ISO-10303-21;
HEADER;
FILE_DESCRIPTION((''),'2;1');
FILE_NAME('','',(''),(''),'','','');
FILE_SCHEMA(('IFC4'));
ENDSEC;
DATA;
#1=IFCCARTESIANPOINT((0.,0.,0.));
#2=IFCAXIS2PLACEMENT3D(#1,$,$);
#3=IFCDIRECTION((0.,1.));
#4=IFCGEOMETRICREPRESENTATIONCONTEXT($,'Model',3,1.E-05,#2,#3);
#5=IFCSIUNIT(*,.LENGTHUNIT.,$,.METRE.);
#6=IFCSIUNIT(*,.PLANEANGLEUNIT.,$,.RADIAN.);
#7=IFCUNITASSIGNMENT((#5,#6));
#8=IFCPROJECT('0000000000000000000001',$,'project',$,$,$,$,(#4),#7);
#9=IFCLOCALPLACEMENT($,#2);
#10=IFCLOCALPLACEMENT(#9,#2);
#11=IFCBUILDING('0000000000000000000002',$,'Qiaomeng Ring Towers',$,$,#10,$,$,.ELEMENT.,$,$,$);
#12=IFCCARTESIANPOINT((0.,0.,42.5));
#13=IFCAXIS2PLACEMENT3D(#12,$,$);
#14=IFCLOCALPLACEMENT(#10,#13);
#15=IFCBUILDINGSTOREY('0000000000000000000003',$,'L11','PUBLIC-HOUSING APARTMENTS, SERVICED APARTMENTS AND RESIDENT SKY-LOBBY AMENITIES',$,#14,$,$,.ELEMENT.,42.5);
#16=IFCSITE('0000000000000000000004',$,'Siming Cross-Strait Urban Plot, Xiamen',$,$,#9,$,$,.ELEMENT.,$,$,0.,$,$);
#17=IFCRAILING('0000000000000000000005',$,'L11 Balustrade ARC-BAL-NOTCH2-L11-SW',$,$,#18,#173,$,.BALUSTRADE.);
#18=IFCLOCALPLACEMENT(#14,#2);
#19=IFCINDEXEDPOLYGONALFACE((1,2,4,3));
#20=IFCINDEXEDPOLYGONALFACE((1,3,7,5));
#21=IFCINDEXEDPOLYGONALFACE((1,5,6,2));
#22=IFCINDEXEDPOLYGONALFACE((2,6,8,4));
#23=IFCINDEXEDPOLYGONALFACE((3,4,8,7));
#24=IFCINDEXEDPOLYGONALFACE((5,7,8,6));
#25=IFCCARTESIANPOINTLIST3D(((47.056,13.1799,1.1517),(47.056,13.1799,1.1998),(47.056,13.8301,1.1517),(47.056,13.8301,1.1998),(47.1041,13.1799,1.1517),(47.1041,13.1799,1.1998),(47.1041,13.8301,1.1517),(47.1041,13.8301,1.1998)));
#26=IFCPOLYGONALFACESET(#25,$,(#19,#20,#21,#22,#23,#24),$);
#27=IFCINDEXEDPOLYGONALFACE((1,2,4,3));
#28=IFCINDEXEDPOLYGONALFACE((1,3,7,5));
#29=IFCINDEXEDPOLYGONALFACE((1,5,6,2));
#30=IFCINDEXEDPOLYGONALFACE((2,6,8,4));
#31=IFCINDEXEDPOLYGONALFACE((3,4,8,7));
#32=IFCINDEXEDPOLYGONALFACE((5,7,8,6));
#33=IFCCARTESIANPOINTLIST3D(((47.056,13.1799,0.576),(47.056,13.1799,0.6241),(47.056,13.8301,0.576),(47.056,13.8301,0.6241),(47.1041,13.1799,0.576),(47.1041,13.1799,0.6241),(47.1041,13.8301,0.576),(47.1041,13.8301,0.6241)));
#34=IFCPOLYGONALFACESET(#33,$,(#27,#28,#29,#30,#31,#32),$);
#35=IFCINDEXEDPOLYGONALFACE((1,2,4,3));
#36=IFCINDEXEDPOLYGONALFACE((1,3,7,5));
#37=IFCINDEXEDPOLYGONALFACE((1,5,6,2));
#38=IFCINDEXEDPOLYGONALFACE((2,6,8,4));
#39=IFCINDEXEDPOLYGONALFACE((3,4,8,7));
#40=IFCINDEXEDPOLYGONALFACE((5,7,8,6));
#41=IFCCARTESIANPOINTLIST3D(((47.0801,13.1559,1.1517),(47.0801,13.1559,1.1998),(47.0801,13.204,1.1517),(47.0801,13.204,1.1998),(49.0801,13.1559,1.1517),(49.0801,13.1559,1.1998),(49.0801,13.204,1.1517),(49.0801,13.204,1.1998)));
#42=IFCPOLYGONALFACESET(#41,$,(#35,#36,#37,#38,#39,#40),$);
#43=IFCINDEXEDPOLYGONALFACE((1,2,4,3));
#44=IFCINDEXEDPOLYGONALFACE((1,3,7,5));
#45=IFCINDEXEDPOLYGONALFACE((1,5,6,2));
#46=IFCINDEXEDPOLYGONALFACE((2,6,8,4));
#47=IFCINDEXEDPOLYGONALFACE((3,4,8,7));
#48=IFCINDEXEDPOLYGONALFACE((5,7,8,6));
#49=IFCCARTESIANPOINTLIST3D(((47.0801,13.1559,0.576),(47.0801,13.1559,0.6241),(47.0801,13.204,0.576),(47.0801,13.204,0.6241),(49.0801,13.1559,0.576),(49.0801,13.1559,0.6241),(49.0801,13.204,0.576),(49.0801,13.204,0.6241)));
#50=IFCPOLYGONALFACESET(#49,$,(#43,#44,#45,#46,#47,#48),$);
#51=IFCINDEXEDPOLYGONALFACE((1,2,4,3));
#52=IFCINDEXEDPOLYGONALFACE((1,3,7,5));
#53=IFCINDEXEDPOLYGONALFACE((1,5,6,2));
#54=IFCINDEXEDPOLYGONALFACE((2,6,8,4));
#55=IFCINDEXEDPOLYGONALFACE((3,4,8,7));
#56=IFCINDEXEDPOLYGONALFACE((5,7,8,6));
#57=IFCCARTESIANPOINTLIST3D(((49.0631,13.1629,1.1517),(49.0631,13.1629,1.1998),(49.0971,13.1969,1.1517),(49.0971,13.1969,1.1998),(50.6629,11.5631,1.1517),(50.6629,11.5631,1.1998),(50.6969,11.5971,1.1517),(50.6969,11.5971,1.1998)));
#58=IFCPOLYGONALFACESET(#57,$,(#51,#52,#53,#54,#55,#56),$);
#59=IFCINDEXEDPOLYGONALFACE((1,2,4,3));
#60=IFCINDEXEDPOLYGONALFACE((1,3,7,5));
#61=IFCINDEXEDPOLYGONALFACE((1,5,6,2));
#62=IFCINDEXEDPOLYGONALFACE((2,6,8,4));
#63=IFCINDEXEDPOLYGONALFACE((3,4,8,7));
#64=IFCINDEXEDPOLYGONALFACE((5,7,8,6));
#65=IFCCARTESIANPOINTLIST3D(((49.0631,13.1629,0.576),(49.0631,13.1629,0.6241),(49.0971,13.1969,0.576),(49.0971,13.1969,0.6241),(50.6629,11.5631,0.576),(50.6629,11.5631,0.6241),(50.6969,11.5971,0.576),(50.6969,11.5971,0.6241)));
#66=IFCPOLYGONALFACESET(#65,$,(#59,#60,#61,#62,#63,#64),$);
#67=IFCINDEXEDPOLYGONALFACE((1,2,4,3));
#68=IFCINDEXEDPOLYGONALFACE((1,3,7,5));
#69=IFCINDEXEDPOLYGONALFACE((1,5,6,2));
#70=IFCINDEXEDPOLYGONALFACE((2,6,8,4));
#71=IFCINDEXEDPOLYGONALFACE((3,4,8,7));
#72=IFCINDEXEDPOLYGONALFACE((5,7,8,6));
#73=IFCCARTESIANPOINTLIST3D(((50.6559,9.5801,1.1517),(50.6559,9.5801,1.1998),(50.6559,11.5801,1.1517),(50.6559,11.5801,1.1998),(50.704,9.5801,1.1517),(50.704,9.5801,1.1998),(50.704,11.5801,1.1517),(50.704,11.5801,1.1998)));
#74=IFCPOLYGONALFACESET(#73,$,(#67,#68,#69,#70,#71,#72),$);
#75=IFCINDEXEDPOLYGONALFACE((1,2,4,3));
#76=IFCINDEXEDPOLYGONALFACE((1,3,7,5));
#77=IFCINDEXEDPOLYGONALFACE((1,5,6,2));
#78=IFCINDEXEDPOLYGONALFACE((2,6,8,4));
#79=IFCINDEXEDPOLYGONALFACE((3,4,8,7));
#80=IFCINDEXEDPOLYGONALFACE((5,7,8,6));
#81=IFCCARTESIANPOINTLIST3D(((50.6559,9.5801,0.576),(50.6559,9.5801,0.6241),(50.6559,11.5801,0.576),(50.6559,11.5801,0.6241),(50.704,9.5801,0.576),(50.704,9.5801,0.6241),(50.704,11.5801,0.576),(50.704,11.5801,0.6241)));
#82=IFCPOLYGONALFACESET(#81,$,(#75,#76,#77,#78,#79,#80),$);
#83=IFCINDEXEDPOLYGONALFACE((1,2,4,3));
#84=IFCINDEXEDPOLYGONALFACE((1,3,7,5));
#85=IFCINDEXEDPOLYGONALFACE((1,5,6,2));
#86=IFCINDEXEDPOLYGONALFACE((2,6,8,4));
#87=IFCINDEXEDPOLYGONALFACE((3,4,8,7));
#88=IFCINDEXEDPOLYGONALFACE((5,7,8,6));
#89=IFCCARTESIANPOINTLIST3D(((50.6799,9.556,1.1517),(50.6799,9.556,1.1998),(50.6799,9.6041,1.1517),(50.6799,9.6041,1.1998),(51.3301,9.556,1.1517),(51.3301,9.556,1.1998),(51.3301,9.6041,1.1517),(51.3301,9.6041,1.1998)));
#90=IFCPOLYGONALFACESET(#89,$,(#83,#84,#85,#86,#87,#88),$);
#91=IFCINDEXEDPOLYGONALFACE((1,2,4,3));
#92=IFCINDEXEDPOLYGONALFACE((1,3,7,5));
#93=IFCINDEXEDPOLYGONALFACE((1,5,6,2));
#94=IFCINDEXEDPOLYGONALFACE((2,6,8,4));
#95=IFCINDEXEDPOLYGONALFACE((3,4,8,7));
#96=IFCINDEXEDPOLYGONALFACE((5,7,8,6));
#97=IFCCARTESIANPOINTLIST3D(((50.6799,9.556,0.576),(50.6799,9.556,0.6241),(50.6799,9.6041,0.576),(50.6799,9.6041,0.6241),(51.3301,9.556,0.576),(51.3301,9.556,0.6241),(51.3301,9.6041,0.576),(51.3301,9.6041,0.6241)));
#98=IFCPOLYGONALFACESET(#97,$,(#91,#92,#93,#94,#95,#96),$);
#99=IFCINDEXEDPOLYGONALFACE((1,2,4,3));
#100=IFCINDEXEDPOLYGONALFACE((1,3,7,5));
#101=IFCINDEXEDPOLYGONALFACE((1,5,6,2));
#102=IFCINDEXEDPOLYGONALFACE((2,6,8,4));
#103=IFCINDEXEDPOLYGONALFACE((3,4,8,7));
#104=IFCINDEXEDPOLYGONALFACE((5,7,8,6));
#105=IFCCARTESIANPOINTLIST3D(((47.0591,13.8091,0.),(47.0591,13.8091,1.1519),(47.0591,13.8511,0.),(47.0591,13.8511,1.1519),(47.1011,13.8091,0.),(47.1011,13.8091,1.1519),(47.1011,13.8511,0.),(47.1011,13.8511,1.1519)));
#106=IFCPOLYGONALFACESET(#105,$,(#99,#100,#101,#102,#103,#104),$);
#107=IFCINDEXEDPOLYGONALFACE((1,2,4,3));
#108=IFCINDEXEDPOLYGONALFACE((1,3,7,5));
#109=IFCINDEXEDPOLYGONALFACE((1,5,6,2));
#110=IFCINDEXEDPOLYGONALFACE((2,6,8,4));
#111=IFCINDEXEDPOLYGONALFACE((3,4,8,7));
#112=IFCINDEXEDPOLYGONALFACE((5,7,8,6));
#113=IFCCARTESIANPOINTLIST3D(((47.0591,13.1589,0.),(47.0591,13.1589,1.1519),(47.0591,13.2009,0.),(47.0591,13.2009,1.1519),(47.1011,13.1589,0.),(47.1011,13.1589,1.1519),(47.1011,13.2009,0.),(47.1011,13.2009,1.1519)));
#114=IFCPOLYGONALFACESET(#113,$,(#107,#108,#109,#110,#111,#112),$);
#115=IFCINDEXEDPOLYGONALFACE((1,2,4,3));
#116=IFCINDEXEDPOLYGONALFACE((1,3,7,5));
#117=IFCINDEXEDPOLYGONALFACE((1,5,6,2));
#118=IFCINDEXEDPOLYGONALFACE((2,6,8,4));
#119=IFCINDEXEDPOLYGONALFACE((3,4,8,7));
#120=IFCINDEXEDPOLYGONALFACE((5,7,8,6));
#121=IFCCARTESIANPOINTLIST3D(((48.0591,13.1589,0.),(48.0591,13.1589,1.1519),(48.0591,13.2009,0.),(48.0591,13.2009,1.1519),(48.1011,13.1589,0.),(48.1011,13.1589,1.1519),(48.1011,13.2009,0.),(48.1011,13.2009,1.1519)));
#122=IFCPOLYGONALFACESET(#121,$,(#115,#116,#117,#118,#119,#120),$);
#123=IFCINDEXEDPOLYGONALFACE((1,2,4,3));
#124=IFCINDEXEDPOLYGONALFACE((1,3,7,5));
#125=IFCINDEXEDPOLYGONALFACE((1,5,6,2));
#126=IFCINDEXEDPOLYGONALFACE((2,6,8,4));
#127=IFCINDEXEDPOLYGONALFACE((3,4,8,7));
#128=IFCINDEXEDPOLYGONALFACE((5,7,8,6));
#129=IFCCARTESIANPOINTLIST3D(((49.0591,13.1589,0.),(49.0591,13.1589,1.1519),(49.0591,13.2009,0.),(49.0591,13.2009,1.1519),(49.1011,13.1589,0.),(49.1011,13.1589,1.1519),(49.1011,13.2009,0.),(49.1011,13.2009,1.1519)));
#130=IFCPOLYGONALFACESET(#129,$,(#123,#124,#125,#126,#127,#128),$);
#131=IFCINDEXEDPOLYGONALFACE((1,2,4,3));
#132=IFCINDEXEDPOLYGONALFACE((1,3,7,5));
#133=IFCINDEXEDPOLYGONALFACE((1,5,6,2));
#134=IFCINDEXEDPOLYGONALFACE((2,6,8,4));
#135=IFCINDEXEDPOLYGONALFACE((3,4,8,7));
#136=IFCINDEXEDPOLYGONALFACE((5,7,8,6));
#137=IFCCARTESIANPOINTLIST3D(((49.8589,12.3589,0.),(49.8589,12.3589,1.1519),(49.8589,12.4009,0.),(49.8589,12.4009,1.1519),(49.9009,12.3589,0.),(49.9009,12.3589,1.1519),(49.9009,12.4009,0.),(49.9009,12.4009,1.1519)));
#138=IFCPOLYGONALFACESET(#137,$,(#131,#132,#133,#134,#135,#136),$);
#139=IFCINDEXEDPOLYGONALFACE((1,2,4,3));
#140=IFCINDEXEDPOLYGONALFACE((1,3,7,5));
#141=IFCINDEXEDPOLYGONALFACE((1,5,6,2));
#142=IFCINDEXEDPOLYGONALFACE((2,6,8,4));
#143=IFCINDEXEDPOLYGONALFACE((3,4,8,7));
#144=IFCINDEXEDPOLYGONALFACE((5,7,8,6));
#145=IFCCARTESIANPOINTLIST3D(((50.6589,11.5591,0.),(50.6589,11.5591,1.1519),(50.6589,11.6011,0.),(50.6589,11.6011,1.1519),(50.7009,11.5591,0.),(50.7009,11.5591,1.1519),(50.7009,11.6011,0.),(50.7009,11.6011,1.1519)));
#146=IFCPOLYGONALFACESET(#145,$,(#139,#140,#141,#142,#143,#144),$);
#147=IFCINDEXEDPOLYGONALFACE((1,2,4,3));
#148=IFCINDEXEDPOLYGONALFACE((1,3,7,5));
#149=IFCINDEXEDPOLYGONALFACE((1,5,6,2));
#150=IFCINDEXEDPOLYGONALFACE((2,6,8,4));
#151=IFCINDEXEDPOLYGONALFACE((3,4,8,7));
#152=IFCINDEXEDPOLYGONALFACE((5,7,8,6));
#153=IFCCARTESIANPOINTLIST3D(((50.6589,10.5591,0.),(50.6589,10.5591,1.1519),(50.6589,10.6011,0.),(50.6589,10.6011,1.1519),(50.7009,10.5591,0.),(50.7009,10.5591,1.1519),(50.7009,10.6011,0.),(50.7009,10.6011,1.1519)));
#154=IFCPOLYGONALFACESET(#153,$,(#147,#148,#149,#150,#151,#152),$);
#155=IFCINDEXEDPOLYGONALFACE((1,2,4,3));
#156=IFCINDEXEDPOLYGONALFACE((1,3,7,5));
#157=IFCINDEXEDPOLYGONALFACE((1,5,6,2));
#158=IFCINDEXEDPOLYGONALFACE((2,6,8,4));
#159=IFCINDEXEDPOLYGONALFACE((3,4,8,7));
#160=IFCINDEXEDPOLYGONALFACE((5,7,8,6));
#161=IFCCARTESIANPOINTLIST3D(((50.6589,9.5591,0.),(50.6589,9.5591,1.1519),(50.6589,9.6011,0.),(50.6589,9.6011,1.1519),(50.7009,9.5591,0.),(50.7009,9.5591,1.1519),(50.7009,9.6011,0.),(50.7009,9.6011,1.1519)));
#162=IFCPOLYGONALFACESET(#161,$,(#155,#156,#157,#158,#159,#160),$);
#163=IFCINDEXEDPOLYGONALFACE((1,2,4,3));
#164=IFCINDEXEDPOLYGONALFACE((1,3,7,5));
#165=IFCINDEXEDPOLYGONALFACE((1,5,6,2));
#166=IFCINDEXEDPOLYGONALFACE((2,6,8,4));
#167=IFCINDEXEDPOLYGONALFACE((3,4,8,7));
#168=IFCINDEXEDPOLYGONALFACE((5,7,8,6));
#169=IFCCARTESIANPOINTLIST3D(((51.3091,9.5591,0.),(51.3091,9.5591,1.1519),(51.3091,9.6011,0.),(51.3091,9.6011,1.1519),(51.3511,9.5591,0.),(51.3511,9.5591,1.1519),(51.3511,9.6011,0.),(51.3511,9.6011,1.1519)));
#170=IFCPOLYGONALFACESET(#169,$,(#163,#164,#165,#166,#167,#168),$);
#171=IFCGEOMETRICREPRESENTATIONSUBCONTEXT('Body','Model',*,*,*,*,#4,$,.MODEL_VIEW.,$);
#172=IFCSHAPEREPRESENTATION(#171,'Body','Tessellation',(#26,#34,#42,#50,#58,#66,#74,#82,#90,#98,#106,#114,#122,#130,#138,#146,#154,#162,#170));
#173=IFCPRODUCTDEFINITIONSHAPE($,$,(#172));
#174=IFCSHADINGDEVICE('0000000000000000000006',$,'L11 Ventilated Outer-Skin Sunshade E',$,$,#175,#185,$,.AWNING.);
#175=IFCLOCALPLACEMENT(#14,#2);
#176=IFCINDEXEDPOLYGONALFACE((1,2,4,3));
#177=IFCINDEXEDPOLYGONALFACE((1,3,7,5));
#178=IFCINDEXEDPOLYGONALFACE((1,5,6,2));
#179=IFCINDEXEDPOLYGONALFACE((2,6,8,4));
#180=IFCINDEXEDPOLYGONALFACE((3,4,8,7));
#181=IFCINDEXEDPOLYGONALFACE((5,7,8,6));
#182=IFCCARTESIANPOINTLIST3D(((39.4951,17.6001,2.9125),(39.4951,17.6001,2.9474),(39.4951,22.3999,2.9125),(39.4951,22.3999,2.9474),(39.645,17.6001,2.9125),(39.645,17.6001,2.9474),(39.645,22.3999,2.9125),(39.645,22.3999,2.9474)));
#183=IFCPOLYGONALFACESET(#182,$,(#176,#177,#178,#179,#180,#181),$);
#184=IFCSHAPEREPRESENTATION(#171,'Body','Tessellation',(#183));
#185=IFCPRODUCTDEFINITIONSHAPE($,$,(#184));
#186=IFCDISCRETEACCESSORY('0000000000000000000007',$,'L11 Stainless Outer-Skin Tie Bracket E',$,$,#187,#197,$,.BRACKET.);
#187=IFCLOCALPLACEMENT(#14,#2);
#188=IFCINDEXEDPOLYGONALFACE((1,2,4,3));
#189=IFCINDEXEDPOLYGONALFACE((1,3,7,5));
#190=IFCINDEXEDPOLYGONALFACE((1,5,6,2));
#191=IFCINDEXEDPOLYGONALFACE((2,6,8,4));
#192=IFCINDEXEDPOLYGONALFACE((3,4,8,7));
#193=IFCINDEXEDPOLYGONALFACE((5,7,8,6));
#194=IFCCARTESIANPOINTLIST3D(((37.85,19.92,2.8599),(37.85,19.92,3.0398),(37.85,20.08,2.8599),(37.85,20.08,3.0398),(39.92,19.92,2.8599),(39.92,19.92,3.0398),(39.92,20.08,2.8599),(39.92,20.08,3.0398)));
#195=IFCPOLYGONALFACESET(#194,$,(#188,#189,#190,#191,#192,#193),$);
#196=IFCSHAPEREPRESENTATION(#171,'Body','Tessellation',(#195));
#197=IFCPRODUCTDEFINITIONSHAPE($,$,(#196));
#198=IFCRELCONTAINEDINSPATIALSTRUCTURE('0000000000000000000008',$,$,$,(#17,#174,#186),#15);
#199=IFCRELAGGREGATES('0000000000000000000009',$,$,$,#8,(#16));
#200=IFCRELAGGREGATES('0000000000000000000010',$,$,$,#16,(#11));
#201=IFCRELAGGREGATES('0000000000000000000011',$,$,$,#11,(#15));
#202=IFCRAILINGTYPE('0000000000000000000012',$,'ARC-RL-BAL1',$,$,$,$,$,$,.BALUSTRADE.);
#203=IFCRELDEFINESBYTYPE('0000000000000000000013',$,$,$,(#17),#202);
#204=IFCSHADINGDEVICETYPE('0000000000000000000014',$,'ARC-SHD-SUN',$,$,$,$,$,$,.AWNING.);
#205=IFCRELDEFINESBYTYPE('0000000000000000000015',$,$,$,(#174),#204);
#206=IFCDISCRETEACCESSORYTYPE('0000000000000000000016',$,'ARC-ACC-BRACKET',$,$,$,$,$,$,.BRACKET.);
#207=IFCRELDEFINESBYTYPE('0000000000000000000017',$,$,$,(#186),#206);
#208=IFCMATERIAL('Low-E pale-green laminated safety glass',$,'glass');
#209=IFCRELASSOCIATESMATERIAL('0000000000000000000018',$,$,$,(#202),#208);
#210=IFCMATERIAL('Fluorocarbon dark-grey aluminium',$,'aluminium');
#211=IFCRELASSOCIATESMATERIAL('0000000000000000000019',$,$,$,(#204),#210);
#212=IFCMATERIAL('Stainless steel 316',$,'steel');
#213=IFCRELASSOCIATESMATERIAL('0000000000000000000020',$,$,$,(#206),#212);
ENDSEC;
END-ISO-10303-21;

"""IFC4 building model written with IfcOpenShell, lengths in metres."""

from ifc_helpers import new_model, si_unit, direction, frame, origin, origin_2d, place, context, subcontext, project, spatial, rectangle, extrude, source, transform, mapped, material, material_profile, profile_set, type_object, element, save


model = new_model("IFC4")

# Units and contexts
model_context = context("Model", 3, precision=1e-05, world=origin(), true_north=direction((0.0, 1.0)))
body_context = subcontext(model_context, "Body", "Model", "MODEL_VIEW")
ifc_project = project(units=[si_unit("LENGTHUNIT", "METRE"), si_unit("PLANEANGLEUNIT", "RADIAN")], contexts=[model_context])

# Site, building, storey
site_placement = place(None, origin())
site = spatial("IfcSite", under=ifc_project, at=site_placement, Name="Siming Cross-Strait Urban Plot, Xiamen", CompositionType="ELEMENT", RefElevation=0.0)
building_placement = place(site_placement, origin())
building = spatial("IfcBuilding", under=site, at=building_placement, Name="Qiaomeng Ring Towers", CompositionType="ELEMENT")
storey_placement = place(building_placement, frame((0.0, 0.0, 42.5)))
storey = spatial("IfcBuildingStorey", under=building, at=storey_placement, Name="L11", Description="PUBLIC-HOUSING APARTMENTS, SERVICED APARTMENTS AND RESIDENT SKY-LOBBY AMENITIES", CompositionType="ELEMENT", Elevation=42.5)

# Shared definitions
ifc_material_1 = material(Name="Stainless steel 316", Category="steel")

# Railing
ifc_material_2 = material(Name="Low-E pale-green laminated safety glass", Category="glass")
railing_type = type_object("IfcRailingType", Name="ARC-RL-BAL1", PredefinedType="BALUSTRADE", material=ifc_material_2)
railing_1_placement = place(storey_placement, frame((47.0801, 13.8301, 0.0)))
element("IfcRailing", 1, at=railing_1_placement, inside=storey, type_object=railing_type, Name="L11 Balustrade ARC-BAL-NOTCH2-L11-SW", PredefinedType="BALUSTRADE", context=body_context, shape_type="SweptSolid", body=[
    extrude(rectangle(XDim=0.0481, YDim=0.0481, at=origin_2d()), frame((0.0, 0.0, 1.1758), z_axis=(0.0, -1.0, 0.0), x_axis=(1.0, 0.0, 0.0)), (0.0, 0.0, 1.0), 0.6501),
    extrude(rectangle(XDim=0.0481, YDim=0.0481, at=origin_2d()), frame((0.0, 0.0, 0.6001), z_axis=(0.0, -1.0, 0.0), x_axis=(1.0, 0.0, 0.0)), (0.0, 0.0, 1.0), 0.6501),
    extrude(rectangle(XDim=0.0481, YDim=0.0481, at=origin_2d()), frame((0.0, -0.6501, 1.1758), z_axis=(1.0, 0.0, 0.0), x_axis=(0.0, 1.0, 0.0)), (0.0, 0.0, 1.0), 2.0),
    extrude(rectangle(XDim=0.0481, YDim=0.0481, at=origin_2d()), frame((0.0, -0.6501, 0.6001), z_axis=(1.0, 0.0, 0.0), x_axis=(0.0, 1.0, 0.0)), (0.0, 0.0, 1.0), 2.0),
    extrude(rectangle(XDim=0.0481, YDim=0.0481, at=origin_2d()), frame((2.0, -0.6501, 1.1758), z_axis=(0.707107, -0.707107, 0.0), x_axis=(0.707107, 0.707107, 0.0)), (0.0, 0.0, 1.0), 2.2625),
    extrude(rectangle(XDim=0.0481, YDim=0.0481, at=origin_2d()), frame((2.0, -0.6501, 0.6001), z_axis=(0.707107, -0.707107, 0.0), x_axis=(0.707107, 0.707107, 0.0)), (0.0, 0.0, 1.0), 2.2625),
    extrude(rectangle(XDim=0.0481, YDim=0.0481, at=origin_2d()), frame((3.5999, -2.25, 1.1758), z_axis=(0.0, -1.0, 0.0), x_axis=(1.0, 0.0, 0.0)), (0.0, 0.0, 1.0), 2.0),
    extrude(rectangle(XDim=0.0481, YDim=0.0481, at=origin_2d()), frame((3.5999, -2.25, 0.6001), z_axis=(0.0, -1.0, 0.0), x_axis=(1.0, 0.0, 0.0)), (0.0, 0.0, 1.0), 2.0),
    extrude(rectangle(XDim=0.0481, YDim=0.0481, at=origin_2d()), frame((3.5999, -4.25, 1.1758), z_axis=(1.0, 0.0, 0.0), x_axis=(0.0, 1.0, 0.0)), (0.0, 0.0, 1.0), 0.6501),
    extrude(rectangle(XDim=0.0481, YDim=0.0481, at=origin_2d()), frame((3.5999, -4.25, 0.6001), z_axis=(1.0, 0.0, 0.0), x_axis=(0.0, 1.0, 0.0)), (0.0, 0.0, 1.0), 0.6501),
    extrude(rectangle(XDim=0.042, YDim=0.042, at=origin_2d()), origin(), (0.0, 0.0, 1.0), 1.1519),
    extrude(rectangle(XDim=0.042, YDim=0.042, at=origin_2d()), frame((0.0, -0.6501, 0.0)), (0.0, 0.0, 1.0), 1.1519),
    extrude(rectangle(XDim=0.042, YDim=0.042, at=origin_2d()), frame((1.0, -0.6501, 0.0)), (0.0, 0.0, 1.0), 1.1519),
    extrude(rectangle(XDim=0.042, YDim=0.042, at=origin_2d()), frame((2.0, -0.6501, 0.0)), (0.0, 0.0, 1.0), 1.1519),
    extrude(rectangle(XDim=0.042, YDim=0.042, at=origin_2d()), frame((2.7998, -1.4502, 0.0)), (0.0, 0.0, 1.0), 1.1519),
    extrude(rectangle(XDim=0.042, YDim=0.042, at=origin_2d()), frame((3.5999, -2.25, 0.0)), (0.0, 0.0, 1.0), 1.1519),
    extrude(rectangle(XDim=0.042, YDim=0.042, at=origin_2d()), frame((3.5999, -3.25, 0.0)), (0.0, 0.0, 1.0), 1.1519),
    extrude(rectangle(XDim=0.042, YDim=0.042, at=origin_2d()), frame((3.5999, -4.25, 0.0)), (0.0, 0.0, 1.0), 1.1519),
    extrude(rectangle(XDim=0.042, YDim=0.042, at=origin_2d()), frame((4.25, -4.25, 0.0)), (0.0, 0.0, 1.0), 1.1519),
])

# Shading device
ifc_material_3 = material(Name="Fluorocarbon dark-grey aluminium", Category="aluminium")
ifc_material_profile_1 = material_profile(ifc_material_3, rectangle(XDim=0.1499, YDim=0.0349, at=origin_2d()), Name="LV BLADE 150x35")
ifc_profile_set_1 = profile_set([ifc_material_profile_1], Name="Fluorocarbon dark-grey aluminium")
shading_device_type = type_object("IfcShadingDeviceType", Name="ARC-SHD-SUN", PredefinedType="AWNING", material=ifc_profile_set_1)
shared_shape_1 = source(origin(), body_context, "Body", "SweptSolid", [
    extrude(rectangle(XDim=0.1499, YDim=0.0349, at=origin_2d()), origin(), (0.0, 0.0, 1.0), 4.7998),
])
shading_device_placement = place(storey_placement, frame((39.5701, 17.6001, 2.9299), z_axis=(0.0, 1.0, 0.0), x_axis=(-1.0, 0.0, 0.0)))
element("IfcShadingDevice", 2, at=shading_device_placement, inside=storey, type_object=shading_device_type, Name="L11 Ventilated Outer-Skin Sunshade E", PredefinedType="AWNING", context=body_context, shape_type="MappedRepresentation", body=[
    mapped(shared_shape_1, transform((0.0, 0.0, 0.0), x_axis=(1.0, 0.0, 0.0), y_axis=(0.0, 1.0, 0.0), z_axis=(0.0, 0.0, 1.0), scale=1.0)),
])

# Discrete accessory
discrete_accessory_type = type_object("IfcDiscreteAccessoryType", Name="ARC-ACC-BRACKET", PredefinedType="BRACKET", material=ifc_material_1)
shared_shape_2 = source(origin(), body_context, "Body", "SweptSolid", [
    extrude(rectangle(XDim=2.0701, YDim=0.1599, at=origin_2d()), origin(), (0.0, 0.0, 1.0), 0.1799),
])
discrete_accessory_placement = place(storey_placement, frame((38.885, 20.0, 2.8599), z_axis=(0.0, 0.0, 1.0), x_axis=(1.0, 0.0, 0.0)))
element("IfcDiscreteAccessory", 3, at=discrete_accessory_placement, inside=storey, type_object=discrete_accessory_type, Name="L11 Stainless Outer-Skin Tie Bracket E", PredefinedType="BRACKET", context=body_context, shape_type="MappedRepresentation", body=[
    mapped(shared_shape_2, transform((0.0, 0.0, 0.0), x_axis=(1.0, 0.0, 0.0), y_axis=(0.0, 1.0, 0.0), z_axis=(0.0, 0.0, 1.0), scale=1.0)),
])

save(model, "model.ifc")
